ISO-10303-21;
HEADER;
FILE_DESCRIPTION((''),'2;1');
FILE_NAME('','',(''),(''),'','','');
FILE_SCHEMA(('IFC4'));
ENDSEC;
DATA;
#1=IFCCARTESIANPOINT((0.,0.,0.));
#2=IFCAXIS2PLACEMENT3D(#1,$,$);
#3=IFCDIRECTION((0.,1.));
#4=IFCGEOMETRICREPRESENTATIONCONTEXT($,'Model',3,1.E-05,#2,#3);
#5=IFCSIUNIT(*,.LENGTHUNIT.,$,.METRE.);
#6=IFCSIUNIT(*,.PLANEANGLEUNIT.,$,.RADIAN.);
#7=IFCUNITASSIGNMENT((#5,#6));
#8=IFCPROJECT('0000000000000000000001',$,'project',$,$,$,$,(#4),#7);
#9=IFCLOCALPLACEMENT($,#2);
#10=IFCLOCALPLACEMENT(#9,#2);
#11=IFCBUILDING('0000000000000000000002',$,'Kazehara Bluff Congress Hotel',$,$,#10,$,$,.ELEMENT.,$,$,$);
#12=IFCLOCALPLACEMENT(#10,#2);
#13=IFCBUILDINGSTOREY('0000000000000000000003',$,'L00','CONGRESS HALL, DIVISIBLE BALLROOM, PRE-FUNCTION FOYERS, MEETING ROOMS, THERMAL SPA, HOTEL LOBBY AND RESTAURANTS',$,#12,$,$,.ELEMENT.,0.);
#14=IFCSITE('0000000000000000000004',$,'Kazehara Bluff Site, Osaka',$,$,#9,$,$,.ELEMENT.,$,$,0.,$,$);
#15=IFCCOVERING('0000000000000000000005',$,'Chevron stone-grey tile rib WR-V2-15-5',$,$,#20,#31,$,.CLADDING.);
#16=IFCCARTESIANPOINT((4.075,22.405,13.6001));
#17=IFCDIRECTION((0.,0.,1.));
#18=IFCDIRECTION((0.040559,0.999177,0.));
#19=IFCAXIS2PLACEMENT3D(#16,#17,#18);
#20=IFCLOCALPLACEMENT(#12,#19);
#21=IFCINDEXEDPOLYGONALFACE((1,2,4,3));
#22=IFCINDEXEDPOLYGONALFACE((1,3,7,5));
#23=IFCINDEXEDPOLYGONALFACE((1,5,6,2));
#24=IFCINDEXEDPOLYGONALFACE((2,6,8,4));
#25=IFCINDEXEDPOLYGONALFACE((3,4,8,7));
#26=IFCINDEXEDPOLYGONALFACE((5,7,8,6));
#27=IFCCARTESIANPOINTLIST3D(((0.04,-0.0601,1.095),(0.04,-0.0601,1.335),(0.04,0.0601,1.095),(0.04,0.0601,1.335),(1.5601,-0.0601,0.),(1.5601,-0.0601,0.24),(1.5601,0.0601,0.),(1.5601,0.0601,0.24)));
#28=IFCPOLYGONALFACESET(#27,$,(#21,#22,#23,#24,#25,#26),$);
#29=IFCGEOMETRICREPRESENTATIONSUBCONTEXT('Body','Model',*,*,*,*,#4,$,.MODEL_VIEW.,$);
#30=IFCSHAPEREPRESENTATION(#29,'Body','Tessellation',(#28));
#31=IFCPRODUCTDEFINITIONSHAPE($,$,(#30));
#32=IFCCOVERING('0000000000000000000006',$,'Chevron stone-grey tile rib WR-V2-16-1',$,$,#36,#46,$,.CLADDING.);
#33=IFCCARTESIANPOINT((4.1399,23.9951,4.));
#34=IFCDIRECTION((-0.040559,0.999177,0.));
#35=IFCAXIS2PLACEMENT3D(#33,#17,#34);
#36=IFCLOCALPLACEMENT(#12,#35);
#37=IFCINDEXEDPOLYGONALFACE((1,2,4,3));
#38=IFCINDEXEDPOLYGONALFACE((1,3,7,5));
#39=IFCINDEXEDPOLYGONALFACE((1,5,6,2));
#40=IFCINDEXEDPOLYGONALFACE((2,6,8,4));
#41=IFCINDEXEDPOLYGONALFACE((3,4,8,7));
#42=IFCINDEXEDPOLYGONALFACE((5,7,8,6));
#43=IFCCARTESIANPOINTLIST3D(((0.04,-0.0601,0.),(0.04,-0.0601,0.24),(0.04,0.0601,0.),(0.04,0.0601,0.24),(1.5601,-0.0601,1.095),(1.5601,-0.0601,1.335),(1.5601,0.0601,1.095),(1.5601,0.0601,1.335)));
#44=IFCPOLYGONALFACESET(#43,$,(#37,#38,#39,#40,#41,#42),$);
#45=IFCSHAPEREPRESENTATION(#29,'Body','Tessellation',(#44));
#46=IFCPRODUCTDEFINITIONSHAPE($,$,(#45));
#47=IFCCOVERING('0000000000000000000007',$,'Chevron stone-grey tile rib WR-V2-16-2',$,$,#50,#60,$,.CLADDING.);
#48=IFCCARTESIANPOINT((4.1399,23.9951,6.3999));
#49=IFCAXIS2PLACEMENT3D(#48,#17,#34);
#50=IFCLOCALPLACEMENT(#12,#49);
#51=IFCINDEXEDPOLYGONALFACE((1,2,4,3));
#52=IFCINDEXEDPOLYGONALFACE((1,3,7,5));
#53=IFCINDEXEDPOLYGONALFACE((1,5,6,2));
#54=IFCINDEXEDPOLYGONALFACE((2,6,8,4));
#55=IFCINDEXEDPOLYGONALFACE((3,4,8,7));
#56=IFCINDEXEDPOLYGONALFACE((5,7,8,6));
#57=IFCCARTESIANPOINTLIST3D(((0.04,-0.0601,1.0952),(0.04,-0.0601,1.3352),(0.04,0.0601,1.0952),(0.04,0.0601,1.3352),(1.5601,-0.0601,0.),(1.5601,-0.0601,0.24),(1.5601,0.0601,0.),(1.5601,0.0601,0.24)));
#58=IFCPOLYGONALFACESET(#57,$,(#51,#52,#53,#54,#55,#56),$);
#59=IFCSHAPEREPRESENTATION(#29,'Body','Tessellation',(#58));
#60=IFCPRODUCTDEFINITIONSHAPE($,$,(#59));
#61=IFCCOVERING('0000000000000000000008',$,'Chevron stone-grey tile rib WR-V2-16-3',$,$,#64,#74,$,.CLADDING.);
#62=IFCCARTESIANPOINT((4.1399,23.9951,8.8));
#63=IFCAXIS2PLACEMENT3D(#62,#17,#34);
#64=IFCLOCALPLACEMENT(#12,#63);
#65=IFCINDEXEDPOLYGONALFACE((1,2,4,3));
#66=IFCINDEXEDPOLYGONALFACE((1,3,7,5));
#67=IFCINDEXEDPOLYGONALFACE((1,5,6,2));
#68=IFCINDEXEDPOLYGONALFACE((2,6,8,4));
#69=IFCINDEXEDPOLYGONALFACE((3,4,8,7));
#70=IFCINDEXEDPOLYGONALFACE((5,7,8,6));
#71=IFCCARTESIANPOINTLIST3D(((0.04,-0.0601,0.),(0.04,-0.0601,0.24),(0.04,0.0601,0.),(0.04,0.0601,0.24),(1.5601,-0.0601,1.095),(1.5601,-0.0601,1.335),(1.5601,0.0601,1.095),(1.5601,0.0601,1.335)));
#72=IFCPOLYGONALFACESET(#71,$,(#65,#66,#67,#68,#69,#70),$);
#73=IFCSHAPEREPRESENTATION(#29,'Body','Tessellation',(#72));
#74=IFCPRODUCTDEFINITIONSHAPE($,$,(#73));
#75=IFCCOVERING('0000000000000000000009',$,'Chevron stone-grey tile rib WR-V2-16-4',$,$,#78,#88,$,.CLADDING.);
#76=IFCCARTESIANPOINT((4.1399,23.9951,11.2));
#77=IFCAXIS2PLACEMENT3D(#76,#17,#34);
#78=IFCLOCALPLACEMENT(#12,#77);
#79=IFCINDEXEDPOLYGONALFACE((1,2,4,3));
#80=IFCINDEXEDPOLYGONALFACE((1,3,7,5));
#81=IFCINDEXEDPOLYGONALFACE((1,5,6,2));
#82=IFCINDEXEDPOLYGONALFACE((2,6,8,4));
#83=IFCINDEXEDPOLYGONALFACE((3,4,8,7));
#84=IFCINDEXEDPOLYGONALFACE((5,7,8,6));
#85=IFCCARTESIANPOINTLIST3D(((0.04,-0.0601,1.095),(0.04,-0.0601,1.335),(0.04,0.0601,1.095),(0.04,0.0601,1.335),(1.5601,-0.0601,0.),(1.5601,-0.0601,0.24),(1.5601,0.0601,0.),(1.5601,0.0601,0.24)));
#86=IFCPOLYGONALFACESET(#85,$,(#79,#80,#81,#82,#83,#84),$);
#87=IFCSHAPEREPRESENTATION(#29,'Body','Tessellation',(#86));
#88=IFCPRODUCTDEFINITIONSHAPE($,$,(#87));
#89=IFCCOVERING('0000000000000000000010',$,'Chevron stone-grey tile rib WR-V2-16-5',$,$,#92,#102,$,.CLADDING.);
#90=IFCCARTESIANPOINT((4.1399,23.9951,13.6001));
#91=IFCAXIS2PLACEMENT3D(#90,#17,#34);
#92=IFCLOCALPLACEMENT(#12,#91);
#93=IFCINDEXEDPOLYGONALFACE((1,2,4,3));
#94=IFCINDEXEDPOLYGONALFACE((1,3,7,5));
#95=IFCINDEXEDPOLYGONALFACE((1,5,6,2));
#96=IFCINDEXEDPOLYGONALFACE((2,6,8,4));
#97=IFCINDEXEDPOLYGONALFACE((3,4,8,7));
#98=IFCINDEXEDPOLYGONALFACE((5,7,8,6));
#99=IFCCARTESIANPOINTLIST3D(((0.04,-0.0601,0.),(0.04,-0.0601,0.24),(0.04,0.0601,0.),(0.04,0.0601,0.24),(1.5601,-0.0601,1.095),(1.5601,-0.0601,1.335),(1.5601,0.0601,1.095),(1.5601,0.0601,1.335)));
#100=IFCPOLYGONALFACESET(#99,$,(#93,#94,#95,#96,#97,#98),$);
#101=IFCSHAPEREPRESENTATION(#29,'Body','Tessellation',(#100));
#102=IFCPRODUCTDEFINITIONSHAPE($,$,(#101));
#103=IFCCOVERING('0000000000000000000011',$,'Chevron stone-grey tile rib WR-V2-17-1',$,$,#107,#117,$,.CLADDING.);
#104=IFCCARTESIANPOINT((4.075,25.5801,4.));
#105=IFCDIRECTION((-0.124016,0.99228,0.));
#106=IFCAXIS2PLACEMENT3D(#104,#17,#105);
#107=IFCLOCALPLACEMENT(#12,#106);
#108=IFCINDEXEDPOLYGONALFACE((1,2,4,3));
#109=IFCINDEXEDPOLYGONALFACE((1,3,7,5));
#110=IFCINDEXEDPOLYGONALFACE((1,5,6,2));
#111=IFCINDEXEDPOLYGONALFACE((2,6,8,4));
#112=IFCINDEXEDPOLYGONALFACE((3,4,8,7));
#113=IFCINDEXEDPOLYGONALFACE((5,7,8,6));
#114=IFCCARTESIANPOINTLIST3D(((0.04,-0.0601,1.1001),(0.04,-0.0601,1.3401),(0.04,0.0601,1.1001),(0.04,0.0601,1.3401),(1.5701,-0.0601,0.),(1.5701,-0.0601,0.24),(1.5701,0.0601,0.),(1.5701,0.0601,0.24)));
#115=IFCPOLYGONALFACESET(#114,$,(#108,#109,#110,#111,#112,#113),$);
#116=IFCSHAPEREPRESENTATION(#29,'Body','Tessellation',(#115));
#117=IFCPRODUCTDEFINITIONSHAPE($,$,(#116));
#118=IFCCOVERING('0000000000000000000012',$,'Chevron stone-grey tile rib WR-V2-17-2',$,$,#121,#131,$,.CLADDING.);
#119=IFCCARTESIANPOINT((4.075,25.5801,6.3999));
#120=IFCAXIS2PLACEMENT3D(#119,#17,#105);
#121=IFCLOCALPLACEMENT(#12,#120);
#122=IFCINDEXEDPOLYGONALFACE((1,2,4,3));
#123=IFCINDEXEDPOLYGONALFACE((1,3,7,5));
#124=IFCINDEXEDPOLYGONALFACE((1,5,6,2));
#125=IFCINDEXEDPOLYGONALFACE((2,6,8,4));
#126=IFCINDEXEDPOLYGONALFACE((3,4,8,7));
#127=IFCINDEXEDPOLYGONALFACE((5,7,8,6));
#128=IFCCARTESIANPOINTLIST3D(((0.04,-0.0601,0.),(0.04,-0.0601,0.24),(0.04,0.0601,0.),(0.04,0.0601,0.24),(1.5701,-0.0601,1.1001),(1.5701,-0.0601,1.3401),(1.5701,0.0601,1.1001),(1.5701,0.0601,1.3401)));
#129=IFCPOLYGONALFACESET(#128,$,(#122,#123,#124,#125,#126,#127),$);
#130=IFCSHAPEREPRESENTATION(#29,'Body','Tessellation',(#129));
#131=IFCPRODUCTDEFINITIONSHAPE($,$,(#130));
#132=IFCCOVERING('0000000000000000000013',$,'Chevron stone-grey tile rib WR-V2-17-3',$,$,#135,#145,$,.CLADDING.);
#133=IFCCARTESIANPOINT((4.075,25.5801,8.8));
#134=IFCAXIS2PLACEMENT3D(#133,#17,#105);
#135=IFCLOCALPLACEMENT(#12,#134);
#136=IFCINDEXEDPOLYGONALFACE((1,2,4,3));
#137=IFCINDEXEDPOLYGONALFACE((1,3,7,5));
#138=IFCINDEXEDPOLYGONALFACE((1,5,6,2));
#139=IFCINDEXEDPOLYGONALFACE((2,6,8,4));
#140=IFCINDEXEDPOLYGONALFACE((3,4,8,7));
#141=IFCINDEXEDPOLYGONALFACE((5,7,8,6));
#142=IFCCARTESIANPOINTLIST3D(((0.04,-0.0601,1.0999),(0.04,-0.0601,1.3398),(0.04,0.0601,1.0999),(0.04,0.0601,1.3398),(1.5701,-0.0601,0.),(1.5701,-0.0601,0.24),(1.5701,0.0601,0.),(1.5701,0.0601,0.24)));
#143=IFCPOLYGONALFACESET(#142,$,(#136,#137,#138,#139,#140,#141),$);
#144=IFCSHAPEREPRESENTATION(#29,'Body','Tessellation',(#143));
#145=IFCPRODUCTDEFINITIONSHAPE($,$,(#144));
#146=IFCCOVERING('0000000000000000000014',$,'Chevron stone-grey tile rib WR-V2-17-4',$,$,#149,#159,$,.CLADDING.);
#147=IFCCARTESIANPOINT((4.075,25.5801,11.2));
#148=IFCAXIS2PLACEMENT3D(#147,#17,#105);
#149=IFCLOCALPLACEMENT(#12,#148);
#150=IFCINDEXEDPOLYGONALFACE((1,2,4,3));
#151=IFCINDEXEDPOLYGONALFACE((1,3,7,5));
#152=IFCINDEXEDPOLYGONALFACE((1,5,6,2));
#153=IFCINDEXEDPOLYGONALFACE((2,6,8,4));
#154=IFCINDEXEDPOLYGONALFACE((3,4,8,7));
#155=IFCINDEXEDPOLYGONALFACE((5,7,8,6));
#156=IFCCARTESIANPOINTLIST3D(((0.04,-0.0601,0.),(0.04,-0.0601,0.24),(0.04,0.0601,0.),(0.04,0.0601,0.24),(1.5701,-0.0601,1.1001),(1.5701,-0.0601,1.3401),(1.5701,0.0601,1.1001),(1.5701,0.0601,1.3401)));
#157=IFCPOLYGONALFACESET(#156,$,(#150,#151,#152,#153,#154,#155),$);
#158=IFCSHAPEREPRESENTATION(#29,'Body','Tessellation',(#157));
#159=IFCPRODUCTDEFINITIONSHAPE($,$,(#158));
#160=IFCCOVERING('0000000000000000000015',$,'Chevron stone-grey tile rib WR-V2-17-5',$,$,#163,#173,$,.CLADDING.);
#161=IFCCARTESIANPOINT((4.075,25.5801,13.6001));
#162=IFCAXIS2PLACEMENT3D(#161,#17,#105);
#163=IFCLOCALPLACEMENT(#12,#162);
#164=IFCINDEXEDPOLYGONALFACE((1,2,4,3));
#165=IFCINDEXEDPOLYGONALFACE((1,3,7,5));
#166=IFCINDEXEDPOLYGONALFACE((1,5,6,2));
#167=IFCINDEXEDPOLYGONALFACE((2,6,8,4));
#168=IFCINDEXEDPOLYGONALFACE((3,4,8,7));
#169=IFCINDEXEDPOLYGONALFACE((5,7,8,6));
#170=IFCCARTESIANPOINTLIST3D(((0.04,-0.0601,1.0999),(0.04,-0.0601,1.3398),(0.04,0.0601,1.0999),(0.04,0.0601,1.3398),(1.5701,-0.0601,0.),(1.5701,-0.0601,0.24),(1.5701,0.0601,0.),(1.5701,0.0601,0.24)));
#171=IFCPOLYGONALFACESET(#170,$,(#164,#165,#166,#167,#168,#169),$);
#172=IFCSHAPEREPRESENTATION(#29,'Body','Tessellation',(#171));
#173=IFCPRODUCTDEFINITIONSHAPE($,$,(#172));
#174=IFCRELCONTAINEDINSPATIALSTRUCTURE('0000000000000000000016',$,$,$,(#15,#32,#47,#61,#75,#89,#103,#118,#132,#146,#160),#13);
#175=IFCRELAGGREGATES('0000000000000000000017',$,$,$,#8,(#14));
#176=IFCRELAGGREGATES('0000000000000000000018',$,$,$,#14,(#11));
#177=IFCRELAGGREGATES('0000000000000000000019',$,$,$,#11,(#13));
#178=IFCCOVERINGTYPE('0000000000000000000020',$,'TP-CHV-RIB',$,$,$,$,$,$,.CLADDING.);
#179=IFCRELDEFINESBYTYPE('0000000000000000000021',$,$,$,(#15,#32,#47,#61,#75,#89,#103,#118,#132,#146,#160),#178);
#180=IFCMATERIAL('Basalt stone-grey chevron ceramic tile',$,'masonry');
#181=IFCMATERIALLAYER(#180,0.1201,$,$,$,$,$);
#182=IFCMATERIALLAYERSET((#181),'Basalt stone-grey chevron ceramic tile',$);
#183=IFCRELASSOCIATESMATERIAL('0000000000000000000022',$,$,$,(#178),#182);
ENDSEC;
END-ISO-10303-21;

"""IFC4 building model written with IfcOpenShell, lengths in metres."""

from ifc_helpers import new_model, si_unit, direction, frame, origin, place, context, subcontext, project, spatial, polyline, outline, extrude, material, layer, layer_set, type_object, element, save


model = new_model("IFC4")

# Units and contexts
model_context = context("Model", 3, precision=1e-05, world=origin(), true_north=direction((0.0, 1.0)))
body_context = subcontext(model_context, "Body", "Model", "MODEL_VIEW")
ifc_project = project(units=[si_unit("LENGTHUNIT", "METRE"), si_unit("PLANEANGLEUNIT", "RADIAN")], contexts=[model_context])

# Site, building, storey
site_placement = place(None, origin())
site = spatial("IfcSite", under=ifc_project, at=site_placement, Name="Kazehara Bluff Site, Osaka", CompositionType="ELEMENT", RefElevation=0.0)
building_placement = place(site_placement, origin())
building = spatial("IfcBuilding", under=site, at=building_placement, Name="Kazehara Bluff Congress Hotel", CompositionType="ELEMENT")
storey_placement = place(building_placement, origin())
storey = spatial("IfcBuildingStorey", under=building, at=storey_placement, Name="L00", Description="CONGRESS HALL, DIVISIBLE BALLROOM, PRE-FUNCTION FOYERS, MEETING ROOMS, THERMAL SPA, HOTEL LOBBY AND RESTAURANTS", CompositionType="ELEMENT", Elevation=0.0)

# Coverings
ifc_material_1 = material(Name="Basalt stone-grey chevron ceramic tile", Category="masonry")
ifc_layer_1 = layer(ifc_material_1, 0.1201)
ifc_layer_set_1 = layer_set([ifc_layer_1], Name="Basalt stone-grey chevron ceramic tile")
covering_type_1 = type_object("IfcCoveringType", Name="TP-CHV-RIB", PredefinedType="CLADDING", material=ifc_layer_set_1)
covering_1_placement = place(storey_placement, frame((4.075, 22.405, 13.6001), z_axis=(0.0, 0.0, 1.0), x_axis=(0.040559, 0.999177, 0.0)))
element("IfcCovering", 1, at=covering_1_placement, inside=storey, type_object=covering_type_1, Name="Chevron stone-grey tile rib WR-V2-15-5", PredefinedType="CLADDING", context=body_context, shape_type="SweptSolid", body=[
    extrude(outline(polyline([(0.04, 1.095), (1.5601, 0.0), (1.5601, 0.24), (0.04, 1.335), (0.04, 1.095)])), frame((0.0, 0.0601, 0.0), z_axis=(0.0, -1.0, 0.0), x_axis=(1.0, 0.0, 0.0)), (0.0, 0.0, 1.0), 0.1201),
])
covering_2_placement = place(storey_placement, frame((4.1399, 23.9951, 4.0), z_axis=(0.0, 0.0, 1.0), x_axis=(-0.040559, 0.999177, 0.0)))
element("IfcCovering", 2, at=covering_2_placement, inside=storey, type_object=covering_type_1, Name="Chevron stone-grey tile rib WR-V2-16-1", PredefinedType="CLADDING", context=body_context, shape_type="SweptSolid", body=[
    extrude(outline(polyline([(0.04, 0.0), (1.5601, 1.095), (1.5601, 1.335), (0.04, 0.24), (0.04, 0.0)])), frame((0.0, 0.0601, 0.0), z_axis=(0.0, -1.0, 0.0), x_axis=(1.0, 0.0, 0.0)), (0.0, 0.0, 1.0), 0.1201),
])
covering_3_placement = place(storey_placement, frame((4.1399, 23.9951, 6.3999), z_axis=(0.0, 0.0, 1.0), x_axis=(-0.040559, 0.999177, 0.0)))
element("IfcCovering", 3, at=covering_3_placement, inside=storey, type_object=covering_type_1, Name="Chevron stone-grey tile rib WR-V2-16-2", PredefinedType="CLADDING", context=body_context, shape_type="SweptSolid", body=[
    extrude(outline(polyline([(0.04, 1.0952), (1.5601, 0.0), (1.5601, 0.24), (0.04, 1.3352), (0.04, 1.0952)])), frame((0.0, 0.0601, 0.0), z_axis=(0.0, -1.0, 0.0), x_axis=(1.0, 0.0, 0.0)), (0.0, 0.0, 1.0), 0.1201),
])
covering_4_placement = place(storey_placement, frame((4.1399, 23.9951, 8.8), z_axis=(0.0, 0.0, 1.0), x_axis=(-0.040559, 0.999177, 0.0)))
element("IfcCovering", 4, at=covering_4_placement, inside=storey, type_object=covering_type_1, Name="Chevron stone-grey tile rib WR-V2-16-3", PredefinedType="CLADDING", context=body_context, shape_type="SweptSolid", body=[
    extrude(outline(polyline([(0.04, 0.0), (1.5601, 1.095), (1.5601, 1.335), (0.04, 0.24), (0.04, 0.0)])), frame((0.0, 0.0601, 0.0), z_axis=(0.0, -1.0, 0.0), x_axis=(1.0, 0.0, 0.0)), (0.0, 0.0, 1.0), 0.1201),
])
covering_5_placement = place(storey_placement, frame((4.1399, 23.9951, 11.2), z_axis=(0.0, 0.0, 1.0), x_axis=(-0.040559, 0.999177, 0.0)))
element("IfcCovering", 5, at=covering_5_placement, inside=storey, type_object=covering_type_1, Name="Chevron stone-grey tile rib WR-V2-16-4", PredefinedType="CLADDING", context=body_context, shape_type="SweptSolid", body=[
    extrude(outline(polyline([(0.04, 1.095), (1.5601, 0.0), (1.5601, 0.24), (0.04, 1.335), (0.04, 1.095)])), frame((0.0, 0.0601, 0.0), z_axis=(0.0, -1.0, 0.0), x_axis=(1.0, 0.0, 0.0)), (0.0, 0.0, 1.0), 0.1201),
])
covering_6_placement = place(storey_placement, frame((4.1399, 23.9951, 13.6001), z_axis=(0.0, 0.0, 1.0), x_axis=(-0.040559, 0.999177, 0.0)))
element("IfcCovering", 6, at=covering_6_placement, inside=storey, type_object=covering_type_1, Name="Chevron stone-grey tile rib WR-V2-16-5", PredefinedType="CLADDING", context=body_context, shape_type="SweptSolid", body=[
    extrude(outline(polyline([(0.04, 0.0), (1.5601, 1.095), (1.5601, 1.335), (0.04, 0.24), (0.04, 0.0)])), frame((0.0, 0.0601, 0.0), z_axis=(0.0, -1.0, 0.0), x_axis=(1.0, 0.0, 0.0)), (0.0, 0.0, 1.0), 0.1201),
])
covering_7_placement = place(storey_placement, frame((4.075, 25.5801, 4.0), z_axis=(0.0, 0.0, 1.0), x_axis=(-0.124016, 0.99228, 0.0)))
element("IfcCovering", 7, at=covering_7_placement, inside=storey, type_object=covering_type_1, Name="Chevron stone-grey tile rib WR-V2-17-1", PredefinedType="CLADDING", context=body_context, shape_type="SweptSolid", body=[
    extrude(outline(polyline([(0.04, 1.1001), (1.5701, 0.0), (1.5701, 0.24), (0.04, 1.3401), (0.04, 1.1001)])), frame((0.0, 0.0601, 0.0), z_axis=(0.0, -1.0, 0.0), x_axis=(1.0, 0.0, 0.0)), (0.0, 0.0, 1.0), 0.1201),
])
covering_8_placement = place(storey_placement, frame((4.075, 25.5801, 6.3999), z_axis=(0.0, 0.0, 1.0), x_axis=(-0.124016, 0.99228, 0.0)))
element("IfcCovering", 8, at=covering_8_placement, inside=storey, type_object=covering_type_1, Name="Chevron stone-grey tile rib WR-V2-17-2", PredefinedType="CLADDING", context=body_context, shape_type="SweptSolid", body=[
    extrude(outline(polyline([(0.04, 0.0), (1.5701, 1.1001), (1.5701, 1.3401), (0.04, 0.24), (0.04, 0.0)])), frame((0.0, 0.0601, 0.0), z_axis=(0.0, -1.0, 0.0), x_axis=(1.0, 0.0, 0.0)), (0.0, 0.0, 1.0), 0.1201),
])
covering_9_placement = place(storey_placement, frame((4.075, 25.5801, 8.8), z_axis=(0.0, 0.0, 1.0), x_axis=(-0.124016, 0.99228, 0.0)))
element("IfcCovering", 9, at=covering_9_placement, inside=storey, type_object=covering_type_1, Name="Chevron stone-grey tile rib WR-V2-17-3", PredefinedType="CLADDING", context=body_context, shape_type="SweptSolid", body=[
    extrude(outline(polyline([(0.04, 1.0999), (1.5701, 0.0), (1.5701, 0.24), (0.04, 1.3398), (0.04, 1.0999)])), frame((0.0, 0.0601, 0.0), z_axis=(0.0, -1.0, 0.0), x_axis=(1.0, 0.0, 0.0)), (0.0, 0.0, 1.0), 0.1201),
])
covering_10_placement = place(storey_placement, frame((4.075, 25.5801, 11.2), z_axis=(0.0, 0.0, 1.0), x_axis=(-0.124016, 0.99228, 0.0)))
element("IfcCovering", 10, at=covering_10_placement, inside=storey, type_object=covering_type_1, Name="Chevron stone-grey tile rib WR-V2-17-4", PredefinedType="CLADDING", context=body_context, shape_type="SweptSolid", body=[
    extrude(outline(polyline([(0.04, 0.0), (1.5701, 1.1001), (1.5701, 1.3401), (0.04, 0.24), (0.04, 0.0)])), frame((0.0, 0.0601, 0.0), z_axis=(0.0, -1.0, 0.0), x_axis=(1.0, 0.0, 0.0)), (0.0, 0.0, 1.0), 0.1201),
])
covering_11_placement = place(storey_placement, frame((4.075, 25.5801, 13.6001), z_axis=(0.0, 0.0, 1.0), x_axis=(-0.124016, 0.99228, 0.0)))
element("IfcCovering", 11, at=covering_11_placement, inside=storey, type_object=covering_type_1, Name="Chevron stone-grey tile rib WR-V2-17-5", PredefinedType="CLADDING", context=body_context, shape_type="SweptSolid", body=[
    extrude(outline(polyline([(0.04, 1.0999), (1.5701, 0.0), (1.5701, 0.24), (0.04, 1.3398), (0.04, 1.0999)])), frame((0.0, 0.0601, 0.0), z_axis=(0.0, -1.0, 0.0), x_axis=(1.0, 0.0, 0.0)), (0.0, 0.0, 1.0), 0.1201),
])

save(model, "model.ifc")
